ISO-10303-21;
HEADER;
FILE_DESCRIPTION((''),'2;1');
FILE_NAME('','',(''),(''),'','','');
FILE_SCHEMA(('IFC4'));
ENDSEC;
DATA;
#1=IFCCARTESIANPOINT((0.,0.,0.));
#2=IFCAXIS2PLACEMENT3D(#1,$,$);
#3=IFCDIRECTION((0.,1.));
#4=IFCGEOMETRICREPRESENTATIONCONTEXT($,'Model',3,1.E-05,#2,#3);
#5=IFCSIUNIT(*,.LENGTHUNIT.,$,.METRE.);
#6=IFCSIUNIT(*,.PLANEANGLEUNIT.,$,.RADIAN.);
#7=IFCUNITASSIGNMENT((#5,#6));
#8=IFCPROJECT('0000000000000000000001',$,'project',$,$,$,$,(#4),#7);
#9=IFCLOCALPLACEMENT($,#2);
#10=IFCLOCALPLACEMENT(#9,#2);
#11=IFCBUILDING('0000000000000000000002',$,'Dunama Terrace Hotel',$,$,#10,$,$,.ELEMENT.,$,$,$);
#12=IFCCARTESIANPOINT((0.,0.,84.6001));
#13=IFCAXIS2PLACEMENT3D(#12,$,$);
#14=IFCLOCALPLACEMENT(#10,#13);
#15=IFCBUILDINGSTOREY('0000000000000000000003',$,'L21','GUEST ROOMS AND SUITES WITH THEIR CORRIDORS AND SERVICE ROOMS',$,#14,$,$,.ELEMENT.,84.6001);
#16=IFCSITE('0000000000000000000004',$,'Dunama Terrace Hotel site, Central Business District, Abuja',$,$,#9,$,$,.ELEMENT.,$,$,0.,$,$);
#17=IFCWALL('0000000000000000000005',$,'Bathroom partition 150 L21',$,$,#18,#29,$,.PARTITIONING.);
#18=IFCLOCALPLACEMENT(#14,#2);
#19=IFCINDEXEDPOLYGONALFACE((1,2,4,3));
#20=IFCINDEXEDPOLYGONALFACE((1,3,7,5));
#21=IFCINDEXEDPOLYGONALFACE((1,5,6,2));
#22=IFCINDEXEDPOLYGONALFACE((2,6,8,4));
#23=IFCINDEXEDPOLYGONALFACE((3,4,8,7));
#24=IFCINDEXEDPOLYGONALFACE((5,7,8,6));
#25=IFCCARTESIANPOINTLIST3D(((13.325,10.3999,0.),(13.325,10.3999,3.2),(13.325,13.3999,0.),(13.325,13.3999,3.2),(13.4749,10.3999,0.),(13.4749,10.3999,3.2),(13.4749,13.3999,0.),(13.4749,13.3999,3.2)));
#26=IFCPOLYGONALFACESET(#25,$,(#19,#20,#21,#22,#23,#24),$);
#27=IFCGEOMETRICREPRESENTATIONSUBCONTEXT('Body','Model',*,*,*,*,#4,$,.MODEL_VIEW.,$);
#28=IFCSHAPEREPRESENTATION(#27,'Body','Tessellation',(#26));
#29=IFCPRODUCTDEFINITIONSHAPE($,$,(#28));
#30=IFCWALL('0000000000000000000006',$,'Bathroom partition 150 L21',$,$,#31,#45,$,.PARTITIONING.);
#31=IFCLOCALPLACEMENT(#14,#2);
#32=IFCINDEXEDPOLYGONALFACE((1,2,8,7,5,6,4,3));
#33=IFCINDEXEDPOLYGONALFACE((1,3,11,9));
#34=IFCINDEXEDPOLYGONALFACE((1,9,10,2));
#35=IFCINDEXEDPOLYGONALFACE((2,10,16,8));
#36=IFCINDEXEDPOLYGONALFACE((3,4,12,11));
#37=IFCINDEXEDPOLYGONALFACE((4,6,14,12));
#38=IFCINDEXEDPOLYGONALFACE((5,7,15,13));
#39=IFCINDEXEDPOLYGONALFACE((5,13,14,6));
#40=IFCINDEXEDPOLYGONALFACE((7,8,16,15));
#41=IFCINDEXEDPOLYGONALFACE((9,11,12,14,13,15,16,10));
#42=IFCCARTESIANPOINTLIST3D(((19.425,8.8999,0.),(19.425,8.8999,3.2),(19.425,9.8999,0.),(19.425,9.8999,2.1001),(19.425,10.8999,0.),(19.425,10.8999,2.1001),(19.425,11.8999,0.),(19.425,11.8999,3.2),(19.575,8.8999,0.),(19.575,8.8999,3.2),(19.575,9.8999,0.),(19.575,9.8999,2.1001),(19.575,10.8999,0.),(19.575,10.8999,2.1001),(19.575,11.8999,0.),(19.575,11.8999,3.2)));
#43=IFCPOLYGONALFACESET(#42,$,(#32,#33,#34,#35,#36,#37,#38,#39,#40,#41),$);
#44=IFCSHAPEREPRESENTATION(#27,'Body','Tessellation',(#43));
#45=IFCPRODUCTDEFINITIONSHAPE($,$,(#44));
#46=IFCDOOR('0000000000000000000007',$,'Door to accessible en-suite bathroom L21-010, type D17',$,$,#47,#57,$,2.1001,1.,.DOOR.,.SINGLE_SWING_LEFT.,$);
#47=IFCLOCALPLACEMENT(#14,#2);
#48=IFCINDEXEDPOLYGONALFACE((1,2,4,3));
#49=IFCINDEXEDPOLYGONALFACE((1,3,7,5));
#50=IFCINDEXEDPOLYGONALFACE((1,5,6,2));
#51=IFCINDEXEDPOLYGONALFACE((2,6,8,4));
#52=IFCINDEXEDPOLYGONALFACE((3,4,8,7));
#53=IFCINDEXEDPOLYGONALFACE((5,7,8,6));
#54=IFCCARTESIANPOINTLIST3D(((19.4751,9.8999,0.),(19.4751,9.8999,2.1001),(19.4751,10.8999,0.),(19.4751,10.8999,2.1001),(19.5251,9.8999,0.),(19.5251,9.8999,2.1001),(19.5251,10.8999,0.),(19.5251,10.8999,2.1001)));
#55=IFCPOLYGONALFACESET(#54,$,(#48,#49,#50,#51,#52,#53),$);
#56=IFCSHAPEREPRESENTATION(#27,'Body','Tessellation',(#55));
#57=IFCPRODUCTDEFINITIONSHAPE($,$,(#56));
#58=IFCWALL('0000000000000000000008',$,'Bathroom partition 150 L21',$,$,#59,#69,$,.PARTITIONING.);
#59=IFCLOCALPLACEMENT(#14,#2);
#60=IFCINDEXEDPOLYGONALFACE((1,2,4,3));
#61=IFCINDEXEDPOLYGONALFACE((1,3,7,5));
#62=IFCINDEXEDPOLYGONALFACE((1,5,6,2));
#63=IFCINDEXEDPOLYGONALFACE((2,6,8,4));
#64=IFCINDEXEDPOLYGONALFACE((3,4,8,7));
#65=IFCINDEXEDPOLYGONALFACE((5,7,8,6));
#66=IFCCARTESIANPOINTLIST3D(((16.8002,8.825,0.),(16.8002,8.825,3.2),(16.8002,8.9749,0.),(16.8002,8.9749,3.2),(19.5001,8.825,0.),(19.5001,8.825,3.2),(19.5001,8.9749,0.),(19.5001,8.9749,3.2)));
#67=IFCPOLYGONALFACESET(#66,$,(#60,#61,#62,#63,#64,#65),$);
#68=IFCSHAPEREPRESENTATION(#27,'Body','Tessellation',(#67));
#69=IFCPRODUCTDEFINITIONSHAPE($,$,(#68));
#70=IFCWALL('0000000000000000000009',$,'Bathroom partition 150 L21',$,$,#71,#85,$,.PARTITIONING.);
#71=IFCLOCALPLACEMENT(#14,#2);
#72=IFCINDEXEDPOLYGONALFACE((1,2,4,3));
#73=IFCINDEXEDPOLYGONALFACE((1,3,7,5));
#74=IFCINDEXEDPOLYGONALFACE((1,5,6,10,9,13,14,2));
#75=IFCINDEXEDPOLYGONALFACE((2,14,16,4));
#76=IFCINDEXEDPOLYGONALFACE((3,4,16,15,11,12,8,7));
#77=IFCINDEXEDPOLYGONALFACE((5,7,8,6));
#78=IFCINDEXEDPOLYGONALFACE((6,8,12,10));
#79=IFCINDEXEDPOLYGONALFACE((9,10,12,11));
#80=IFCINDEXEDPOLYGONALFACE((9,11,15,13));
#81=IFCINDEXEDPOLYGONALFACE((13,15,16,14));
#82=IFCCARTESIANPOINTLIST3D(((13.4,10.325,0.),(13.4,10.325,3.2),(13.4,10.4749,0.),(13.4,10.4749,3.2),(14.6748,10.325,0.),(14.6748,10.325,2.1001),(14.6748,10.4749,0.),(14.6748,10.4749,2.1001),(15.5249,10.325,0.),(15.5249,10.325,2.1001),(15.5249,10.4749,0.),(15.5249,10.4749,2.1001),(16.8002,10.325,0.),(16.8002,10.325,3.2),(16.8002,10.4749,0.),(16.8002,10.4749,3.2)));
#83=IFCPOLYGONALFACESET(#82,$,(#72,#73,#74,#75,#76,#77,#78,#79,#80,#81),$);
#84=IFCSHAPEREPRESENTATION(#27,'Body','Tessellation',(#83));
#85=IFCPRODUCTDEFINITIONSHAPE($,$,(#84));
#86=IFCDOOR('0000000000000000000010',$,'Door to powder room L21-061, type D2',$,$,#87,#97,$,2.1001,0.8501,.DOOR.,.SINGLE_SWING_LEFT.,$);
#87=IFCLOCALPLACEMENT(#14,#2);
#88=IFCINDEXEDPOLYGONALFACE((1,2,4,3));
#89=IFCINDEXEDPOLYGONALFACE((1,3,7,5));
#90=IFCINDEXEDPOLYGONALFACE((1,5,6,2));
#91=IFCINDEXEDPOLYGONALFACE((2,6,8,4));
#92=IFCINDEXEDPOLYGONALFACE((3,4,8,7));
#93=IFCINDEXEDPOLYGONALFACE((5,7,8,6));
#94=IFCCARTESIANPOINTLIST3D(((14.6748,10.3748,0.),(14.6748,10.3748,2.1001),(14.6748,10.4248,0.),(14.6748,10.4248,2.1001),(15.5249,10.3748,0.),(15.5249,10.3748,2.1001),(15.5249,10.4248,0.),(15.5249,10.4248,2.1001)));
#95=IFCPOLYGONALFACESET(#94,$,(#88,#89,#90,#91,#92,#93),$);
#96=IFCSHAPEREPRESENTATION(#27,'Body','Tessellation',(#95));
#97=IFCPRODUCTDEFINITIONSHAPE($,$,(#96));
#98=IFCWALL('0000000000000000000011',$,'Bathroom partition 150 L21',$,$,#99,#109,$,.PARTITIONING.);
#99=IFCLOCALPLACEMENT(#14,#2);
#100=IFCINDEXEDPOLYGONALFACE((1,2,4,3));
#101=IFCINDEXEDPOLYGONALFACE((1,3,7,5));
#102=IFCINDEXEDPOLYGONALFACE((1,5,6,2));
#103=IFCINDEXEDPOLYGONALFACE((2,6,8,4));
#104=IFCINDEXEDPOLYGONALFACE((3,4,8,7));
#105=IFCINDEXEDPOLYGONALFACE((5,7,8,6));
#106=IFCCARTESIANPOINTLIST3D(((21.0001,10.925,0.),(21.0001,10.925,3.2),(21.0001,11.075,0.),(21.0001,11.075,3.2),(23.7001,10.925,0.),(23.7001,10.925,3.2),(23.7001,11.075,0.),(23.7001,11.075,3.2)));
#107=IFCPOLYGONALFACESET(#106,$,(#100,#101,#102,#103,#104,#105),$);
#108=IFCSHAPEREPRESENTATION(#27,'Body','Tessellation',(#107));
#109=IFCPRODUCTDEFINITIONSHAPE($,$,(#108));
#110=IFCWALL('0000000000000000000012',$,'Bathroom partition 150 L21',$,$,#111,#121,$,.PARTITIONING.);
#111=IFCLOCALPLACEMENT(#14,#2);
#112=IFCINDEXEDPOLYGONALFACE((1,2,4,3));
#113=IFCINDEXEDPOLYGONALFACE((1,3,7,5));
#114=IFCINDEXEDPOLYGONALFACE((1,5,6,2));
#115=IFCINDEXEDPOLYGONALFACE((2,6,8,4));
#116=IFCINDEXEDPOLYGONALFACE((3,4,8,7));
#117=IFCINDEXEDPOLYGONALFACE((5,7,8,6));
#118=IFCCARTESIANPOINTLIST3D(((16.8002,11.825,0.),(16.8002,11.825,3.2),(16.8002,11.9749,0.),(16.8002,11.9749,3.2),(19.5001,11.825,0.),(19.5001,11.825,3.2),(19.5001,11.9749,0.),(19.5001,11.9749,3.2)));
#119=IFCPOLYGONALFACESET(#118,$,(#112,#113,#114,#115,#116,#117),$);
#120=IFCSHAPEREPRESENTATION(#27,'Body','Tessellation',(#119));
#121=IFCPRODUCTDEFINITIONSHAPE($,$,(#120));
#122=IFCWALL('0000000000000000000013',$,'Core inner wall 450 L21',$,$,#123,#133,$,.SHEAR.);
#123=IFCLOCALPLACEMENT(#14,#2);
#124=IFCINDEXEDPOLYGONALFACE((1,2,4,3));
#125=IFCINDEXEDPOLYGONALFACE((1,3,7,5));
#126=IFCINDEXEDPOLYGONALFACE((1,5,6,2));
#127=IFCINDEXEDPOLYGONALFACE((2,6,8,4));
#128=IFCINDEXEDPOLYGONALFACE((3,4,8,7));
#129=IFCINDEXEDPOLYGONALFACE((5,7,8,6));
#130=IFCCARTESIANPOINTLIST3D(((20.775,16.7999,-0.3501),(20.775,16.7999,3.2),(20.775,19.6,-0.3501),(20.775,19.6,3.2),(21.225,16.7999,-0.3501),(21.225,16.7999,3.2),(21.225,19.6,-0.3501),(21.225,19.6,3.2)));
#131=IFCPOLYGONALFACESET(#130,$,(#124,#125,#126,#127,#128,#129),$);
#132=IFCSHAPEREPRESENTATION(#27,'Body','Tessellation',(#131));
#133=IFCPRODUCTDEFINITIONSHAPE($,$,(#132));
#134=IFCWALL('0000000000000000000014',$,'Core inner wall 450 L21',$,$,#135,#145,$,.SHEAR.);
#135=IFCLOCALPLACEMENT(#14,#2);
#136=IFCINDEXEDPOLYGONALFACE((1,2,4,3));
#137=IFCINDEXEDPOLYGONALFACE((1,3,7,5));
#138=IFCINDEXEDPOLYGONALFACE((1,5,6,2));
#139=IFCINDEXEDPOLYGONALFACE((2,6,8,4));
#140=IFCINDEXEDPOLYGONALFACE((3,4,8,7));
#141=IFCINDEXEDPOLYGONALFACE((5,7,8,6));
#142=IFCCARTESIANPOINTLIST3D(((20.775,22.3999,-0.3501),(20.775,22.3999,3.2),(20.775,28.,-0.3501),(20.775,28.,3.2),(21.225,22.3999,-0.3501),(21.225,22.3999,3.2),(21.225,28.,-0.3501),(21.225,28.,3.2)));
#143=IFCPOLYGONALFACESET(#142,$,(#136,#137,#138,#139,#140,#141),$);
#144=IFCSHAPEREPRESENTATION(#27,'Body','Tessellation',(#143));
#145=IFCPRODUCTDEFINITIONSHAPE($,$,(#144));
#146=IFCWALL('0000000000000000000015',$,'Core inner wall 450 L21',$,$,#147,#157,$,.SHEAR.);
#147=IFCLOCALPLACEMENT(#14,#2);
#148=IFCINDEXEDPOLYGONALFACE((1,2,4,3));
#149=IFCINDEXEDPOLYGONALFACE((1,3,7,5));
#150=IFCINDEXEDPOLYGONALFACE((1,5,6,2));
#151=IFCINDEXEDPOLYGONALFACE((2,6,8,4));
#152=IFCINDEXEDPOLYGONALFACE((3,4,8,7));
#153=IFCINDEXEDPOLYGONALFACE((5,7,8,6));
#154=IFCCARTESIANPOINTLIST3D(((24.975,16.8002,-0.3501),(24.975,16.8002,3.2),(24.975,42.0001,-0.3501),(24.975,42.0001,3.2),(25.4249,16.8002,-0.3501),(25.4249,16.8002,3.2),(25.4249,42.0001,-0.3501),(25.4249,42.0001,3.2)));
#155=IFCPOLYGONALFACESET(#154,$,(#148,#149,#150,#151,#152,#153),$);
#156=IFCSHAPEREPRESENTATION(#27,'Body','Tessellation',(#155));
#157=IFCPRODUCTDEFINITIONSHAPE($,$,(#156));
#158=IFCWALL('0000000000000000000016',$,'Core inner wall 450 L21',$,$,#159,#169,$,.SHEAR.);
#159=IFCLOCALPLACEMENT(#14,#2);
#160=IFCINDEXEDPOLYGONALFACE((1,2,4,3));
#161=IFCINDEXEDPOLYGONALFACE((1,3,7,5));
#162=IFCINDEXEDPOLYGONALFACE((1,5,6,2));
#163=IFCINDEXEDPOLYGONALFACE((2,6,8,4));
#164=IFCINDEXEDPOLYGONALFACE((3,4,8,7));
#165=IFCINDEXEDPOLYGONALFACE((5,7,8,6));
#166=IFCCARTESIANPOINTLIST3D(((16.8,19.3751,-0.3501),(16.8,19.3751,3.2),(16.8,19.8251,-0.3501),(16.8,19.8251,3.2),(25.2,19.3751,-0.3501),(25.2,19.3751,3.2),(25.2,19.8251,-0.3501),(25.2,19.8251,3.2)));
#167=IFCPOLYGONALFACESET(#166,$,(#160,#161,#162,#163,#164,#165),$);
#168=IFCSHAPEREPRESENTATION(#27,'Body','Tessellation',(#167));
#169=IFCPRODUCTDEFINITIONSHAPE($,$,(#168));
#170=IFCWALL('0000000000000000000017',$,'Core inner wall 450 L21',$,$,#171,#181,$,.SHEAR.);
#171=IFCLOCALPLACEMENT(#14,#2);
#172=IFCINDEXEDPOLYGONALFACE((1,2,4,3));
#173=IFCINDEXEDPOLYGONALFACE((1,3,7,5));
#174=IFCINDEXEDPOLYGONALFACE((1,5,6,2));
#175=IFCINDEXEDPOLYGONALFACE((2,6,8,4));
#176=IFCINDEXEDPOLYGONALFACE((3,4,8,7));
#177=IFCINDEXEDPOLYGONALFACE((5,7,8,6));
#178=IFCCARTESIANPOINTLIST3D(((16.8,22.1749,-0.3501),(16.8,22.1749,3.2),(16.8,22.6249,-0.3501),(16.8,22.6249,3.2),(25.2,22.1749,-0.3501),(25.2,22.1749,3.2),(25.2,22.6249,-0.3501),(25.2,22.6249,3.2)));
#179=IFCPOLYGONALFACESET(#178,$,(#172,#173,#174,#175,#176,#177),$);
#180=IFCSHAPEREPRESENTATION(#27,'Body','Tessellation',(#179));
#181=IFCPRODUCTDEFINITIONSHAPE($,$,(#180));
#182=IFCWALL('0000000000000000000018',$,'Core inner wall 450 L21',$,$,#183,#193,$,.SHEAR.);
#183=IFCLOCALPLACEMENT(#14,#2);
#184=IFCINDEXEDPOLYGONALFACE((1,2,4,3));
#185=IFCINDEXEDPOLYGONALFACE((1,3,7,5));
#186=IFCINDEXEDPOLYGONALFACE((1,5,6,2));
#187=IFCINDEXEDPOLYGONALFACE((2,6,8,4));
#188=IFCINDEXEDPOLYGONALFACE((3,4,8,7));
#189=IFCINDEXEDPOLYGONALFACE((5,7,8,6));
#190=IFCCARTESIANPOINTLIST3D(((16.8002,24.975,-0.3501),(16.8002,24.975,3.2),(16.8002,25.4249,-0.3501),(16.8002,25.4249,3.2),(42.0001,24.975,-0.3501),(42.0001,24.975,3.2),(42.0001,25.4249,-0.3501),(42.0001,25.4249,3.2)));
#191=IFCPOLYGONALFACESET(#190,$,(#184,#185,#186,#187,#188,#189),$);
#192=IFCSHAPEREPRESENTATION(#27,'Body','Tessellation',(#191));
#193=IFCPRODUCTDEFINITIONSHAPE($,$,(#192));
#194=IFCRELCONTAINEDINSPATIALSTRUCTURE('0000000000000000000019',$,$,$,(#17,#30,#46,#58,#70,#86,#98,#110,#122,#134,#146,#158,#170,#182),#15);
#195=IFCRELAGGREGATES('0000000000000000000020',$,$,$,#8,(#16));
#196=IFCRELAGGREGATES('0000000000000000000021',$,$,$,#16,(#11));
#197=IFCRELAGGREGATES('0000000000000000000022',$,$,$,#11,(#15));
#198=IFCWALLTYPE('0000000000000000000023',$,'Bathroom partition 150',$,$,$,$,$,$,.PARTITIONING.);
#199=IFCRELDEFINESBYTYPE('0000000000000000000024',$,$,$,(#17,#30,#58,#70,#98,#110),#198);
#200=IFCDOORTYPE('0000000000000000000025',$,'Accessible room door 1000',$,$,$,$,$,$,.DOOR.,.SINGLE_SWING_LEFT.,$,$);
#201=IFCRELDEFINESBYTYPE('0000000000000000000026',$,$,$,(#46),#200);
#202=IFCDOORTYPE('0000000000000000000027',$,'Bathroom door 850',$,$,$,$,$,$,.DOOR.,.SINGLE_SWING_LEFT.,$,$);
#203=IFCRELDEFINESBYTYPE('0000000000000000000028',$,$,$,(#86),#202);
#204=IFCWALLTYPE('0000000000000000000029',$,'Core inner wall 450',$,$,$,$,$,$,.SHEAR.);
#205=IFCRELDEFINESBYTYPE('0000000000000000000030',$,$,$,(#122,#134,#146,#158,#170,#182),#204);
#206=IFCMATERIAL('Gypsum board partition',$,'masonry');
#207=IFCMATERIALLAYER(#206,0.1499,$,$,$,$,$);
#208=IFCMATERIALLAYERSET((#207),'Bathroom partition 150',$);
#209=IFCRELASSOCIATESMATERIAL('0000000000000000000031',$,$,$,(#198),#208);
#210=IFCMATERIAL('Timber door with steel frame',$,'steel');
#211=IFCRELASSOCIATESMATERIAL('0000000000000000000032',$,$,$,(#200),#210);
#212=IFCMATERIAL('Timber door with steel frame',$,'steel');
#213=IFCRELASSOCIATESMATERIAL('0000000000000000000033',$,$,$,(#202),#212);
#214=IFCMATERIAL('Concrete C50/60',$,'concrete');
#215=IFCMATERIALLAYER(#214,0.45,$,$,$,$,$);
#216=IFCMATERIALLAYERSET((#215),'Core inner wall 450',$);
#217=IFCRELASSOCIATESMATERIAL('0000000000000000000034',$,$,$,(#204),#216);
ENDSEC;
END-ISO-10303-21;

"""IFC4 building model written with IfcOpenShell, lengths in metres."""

from ifc_helpers import new_model, si_unit, direction, frame, frame_2d, origin, place, context, subcontext, project, spatial, rectangle, extrude, material, layer, layer_set, type_object, element, fill, save


model = new_model("IFC4")

# Units and contexts
model_context = context("Model", 3, precision=1e-05, world=origin(), true_north=direction((0.0, 1.0)))
body_context = subcontext(model_context, "Body", "Model", "MODEL_VIEW")
ifc_project = project(units=[si_unit("LENGTHUNIT", "METRE"), si_unit("PLANEANGLEUNIT", "RADIAN")], contexts=[model_context])

# Site, building, storey
site_placement = place(None, origin())
site = spatial("IfcSite", under=ifc_project, at=site_placement, Name="Dunama Terrace Hotel site, Central Business District, Abuja", CompositionType="ELEMENT", RefElevation=0.0)
building_placement = place(site_placement, origin())
building = spatial("IfcBuilding", under=site, at=building_placement, Name="Dunama Terrace Hotel", CompositionType="ELEMENT")
storey_placement = place(building_placement, frame((0.0, 0.0, 84.6001)))
storey = spatial("IfcBuildingStorey", under=building, at=storey_placement, Name="L21", Description="GUEST ROOMS AND SUITES WITH THEIR CORRIDORS AND SERVICE ROOMS", CompositionType="ELEMENT", Elevation=84.6001)

# Wall
ifc_material_1 = material(Name="Gypsum board partition", Category="masonry")
ifc_layer_1 = layer(ifc_material_1, 0.1499)
ifc_layer_set_1 = layer_set([ifc_layer_1], Name="Bathroom partition 150")
wall_type_1 = type_object("IfcWallType", Name="Bathroom partition 150", PredefinedType="PARTITIONING", material=ifc_layer_set_1)
wall_1_placement = place(storey_placement, frame((13.3999, 10.3999, 0.0), z_axis=(0.0, 0.0, 1.0), x_axis=(0.0, 1.0, 0.0)))
element("IfcWall", 1, at=wall_1_placement, inside=storey, type_object=wall_type_1, Name="Bathroom partition 150 L21", PredefinedType="PARTITIONING", context=body_context, shape_type="SweptSolid", body=[
    extrude(rectangle(XDim=3.0, YDim=0.1499, at=frame_2d((1.5, 0.0))), origin(), (0.0, 0.0, 1.0), 3.2),
])

# Wall, opening, door
wall_2_placement = place(storey_placement, frame((19.5, 8.8999, 0.0), z_axis=(0.0, 0.0, 1.0), x_axis=(0.0, 1.0, 0.0)))
wall_2 = element("IfcWall", 2, at=wall_2_placement, inside=storey, type_object=wall_type_1, Name="Bathroom partition 150 L21", PredefinedType="PARTITIONING", context=body_context, shape_type="SweptSolid", body=[
    extrude(rectangle(XDim=3.0, YDim=0.1499, at=frame_2d((1.5, 0.0))), origin(), (0.0, 0.0, 1.0), 3.2),
])
opening_1_placement = place(wall_2_placement, frame((1.0, 0.0, 0.0)))
opening_1 = element("IfcOpeningElement", 3, at=opening_1_placement, cuts=wall_2, PredefinedType="OPENING", context=body_context, shape_type="SweptSolid", body=[
    extrude(rectangle(XDim=1.0, YDim=2.1001, at=frame_2d((0.5, 1.05))), frame((0.0, 0.085, 0.0), z_axis=(0.0, -1.0, 0.0), x_axis=(1.0, 0.0, 0.0)), (0.0, 0.0, 1.0), 0.1699),
])
ifc_material_2 = material(Name="Timber door with steel frame", Category="steel")
door_type_1 = type_object("IfcDoorType", Name="Accessible room door 1000", OperationType="SINGLE_SWING_LEFT", PredefinedType="DOOR", material=ifc_material_2)
door_1_placement = place(opening_1_placement, origin())
door_1 = element("IfcDoor", 4, at=door_1_placement, inside=storey, type_object=door_type_1, Name="Door to accessible en-suite bathroom L21-010, type D17", OperationType="SINGLE_SWING_LEFT", OverallHeight=2.1001, OverallWidth=1.0, PredefinedType="DOOR", context=body_context, shape_type="SweptSolid", body=[
    extrude(rectangle(XDim=1.0, YDim=2.1001, at=frame_2d((0.5, 1.05))), frame((0.0, 0.0249, 0.0), z_axis=(0.0, -1.0, 0.0), x_axis=(1.0, 0.0, 0.0)), (0.0, 0.0, 1.0), 0.05),
])
fill(opening_1, door_1)

# Wall
wall_3_placement = place(storey_placement, frame((16.8, 8.8999, 0.0), z_axis=(0.0, 0.0, 1.0), x_axis=(1.0, 0.0, 0.0)))
element("IfcWall", 5, at=wall_3_placement, inside=storey, type_object=wall_type_1, Name="Bathroom partition 150 L21", PredefinedType="PARTITIONING", context=body_context, shape_type="SweptSolid", body=[
    extrude(rectangle(XDim=2.7, YDim=0.1499, at=frame_2d((1.3501, 0.0))), origin(), (0.0, 0.0, 1.0), 3.2),
])

# Wall, opening, door
wall_4_placement = place(storey_placement, frame((13.3999, 10.3999, 0.0), z_axis=(0.0, 0.0, 1.0), x_axis=(1.0, 0.0, 0.0)))
wall_4 = element("IfcWall", 6, at=wall_4_placement, inside=storey, type_object=wall_type_1, Name="Bathroom partition 150 L21", PredefinedType="PARTITIONING", context=body_context, shape_type="SweptSolid", body=[
    extrude(rectangle(XDim=3.4001, YDim=0.1499, at=frame_2d((1.7002, 0.0))), origin(), (0.0, 0.0, 1.0), 3.2),
])
opening_2_placement = place(wall_4_placement, frame((1.2749, 0.0, 0.0)))
opening_2 = element("IfcOpeningElement", 7, at=opening_2_placement, cuts=wall_4, PredefinedType="OPENING", context=body_context, shape_type="SweptSolid", body=[
    extrude(rectangle(XDim=0.8501, YDim=2.1001, at=frame_2d((0.425, 1.05))), frame((0.0, 0.085, 0.0), z_axis=(0.0, -1.0, 0.0), x_axis=(1.0, 0.0, 0.0)), (0.0, 0.0, 1.0), 0.1699),
])
ifc_material_3 = material(Name="Timber door with steel frame", Category="steel")
door_type_2 = type_object("IfcDoorType", Name="Bathroom door 850", OperationType="SINGLE_SWING_LEFT", PredefinedType="DOOR", material=ifc_material_3)
door_2_placement = place(opening_2_placement, origin())
door_2 = element("IfcDoor", 8, at=door_2_placement, inside=storey, type_object=door_type_2, Name="Door to powder room L21-061, type D2", OperationType="SINGLE_SWING_LEFT", OverallHeight=2.1001, OverallWidth=0.8501, PredefinedType="DOOR", context=body_context, shape_type="SweptSolid", body=[
    extrude(rectangle(XDim=0.8501, YDim=2.1001, at=frame_2d((0.425, 1.05))), frame((0.0, 0.0249, 0.0), z_axis=(0.0, -1.0, 0.0), x_axis=(1.0, 0.0, 0.0)), (0.0, 0.0, 1.0), 0.05),
])
fill(opening_2, door_2)

# Walls
for number, where, z_axis, x_axis, name in (
    (9, (21.0, 11.0, 0.0), (0.0, 0.0, 1.0), (1.0, 0.0, 0.0), "Bathroom partition 150 L21"),
    (10, (16.8, 11.8999, 0.0), (0.0, 0.0, 1.0), (1.0, 0.0, 0.0), "Bathroom partition 150 L21"),
):
    element("IfcWall", number, at=place(storey_placement, frame(where, z_axis=z_axis, x_axis=x_axis)), inside=storey, type_object=wall_type_1, Name=name, PredefinedType="PARTITIONING", context=body_context, shape_type="SweptSolid", body=[
        extrude(rectangle(XDim=2.7, YDim=0.1499, at=frame_2d((1.3501, 0.0))), origin(), (0.0, 0.0, 1.0), 3.2),
    ])
ifc_material_4 = material(Name="Concrete C50/60", Category="concrete")
ifc_layer_2 = layer(ifc_material_4, 0.45)
ifc_layer_set_2 = layer_set([ifc_layer_2], Name="Core inner wall 450")
wall_type_2 = type_object("IfcWallType", Name="Core inner wall 450", PredefinedType="SHEAR", material=ifc_layer_set_2)
wall_5_placement = place(storey_placement, frame((21.0, 16.8, -0.3501), z_axis=(0.0, 0.0, 1.0), x_axis=(0.0, 1.0, 0.0)))
element("IfcWall", 11, at=wall_5_placement, inside=storey, type_object=wall_type_2, Name="Core inner wall 450 L21", PredefinedType="SHEAR", context=body_context, shape_type="SweptSolid", body=[
    extrude(rectangle(XDim=2.8, YDim=0.45, at=frame_2d((1.3999, 0.0))), origin(), (0.0, 0.0, 1.0), 3.55),
])
wall_6_placement = place(storey_placement, frame((21.0, 22.3999, -0.3501), z_axis=(0.0, 0.0, 1.0), x_axis=(0.0, 1.0, 0.0)))
element("IfcWall", 12, at=wall_6_placement, inside=storey, type_object=wall_type_2, Name="Core inner wall 450 L21", PredefinedType="SHEAR", context=body_context, shape_type="SweptSolid", body=[
    extrude(rectangle(XDim=5.6001, YDim=0.45, at=frame_2d((2.8, 0.0))), origin(), (0.0, 0.0, 1.0), 3.55),
])
wall_7_placement = place(storey_placement, frame((25.2, 16.8, -0.3501), z_axis=(0.0, 0.0, 1.0), x_axis=(0.0, 1.0, 0.0)))
element("IfcWall", 13, at=wall_7_placement, inside=storey, type_object=wall_type_2, Name="Core inner wall 450 L21", PredefinedType="SHEAR", context=body_context, shape_type="SweptSolid", body=[
    extrude(rectangle(XDim=25.2, YDim=0.45, at=frame_2d((12.6001, 0.0))), origin(), (0.0, 0.0, 1.0), 3.55),
])
for number, where, z_axis, x_axis, name in (
    (14, (16.8, 19.6001, -0.3501), (0.0, 0.0, 1.0), (1.0, 0.0, 0.0), "Core inner wall 450 L21"),
    (15, (16.8, 22.3999, -0.3501), (0.0, 0.0, 1.0), (1.0, 0.0, 0.0), "Core inner wall 450 L21"),
):
    element("IfcWall", number, at=place(storey_placement, frame(where, z_axis=z_axis, x_axis=x_axis)), inside=storey, type_object=wall_type_2, Name=name, PredefinedType="SHEAR", context=body_context, shape_type="SweptSolid", body=[
        extrude(rectangle(XDim=8.3999, YDim=0.45, at=frame_2d((4.2, 0.0))), origin(), (0.0, 0.0, 1.0), 3.55),
    ])
wall_8_placement = place(storey_placement, frame((16.8, 25.2, -0.3501), z_axis=(0.0, 0.0, 1.0), x_axis=(1.0, 0.0, 0.0)))
element("IfcWall", 16, at=wall_8_placement, inside=storey, type_object=wall_type_2, Name="Core inner wall 450 L21", PredefinedType="SHEAR", context=body_context, shape_type="SweptSolid", body=[
    extrude(rectangle(XDim=25.2, YDim=0.45, at=frame_2d((12.6001, 0.0))), origin(), (0.0, 0.0, 1.0), 3.55),
])

save(model, "model.ifc")
